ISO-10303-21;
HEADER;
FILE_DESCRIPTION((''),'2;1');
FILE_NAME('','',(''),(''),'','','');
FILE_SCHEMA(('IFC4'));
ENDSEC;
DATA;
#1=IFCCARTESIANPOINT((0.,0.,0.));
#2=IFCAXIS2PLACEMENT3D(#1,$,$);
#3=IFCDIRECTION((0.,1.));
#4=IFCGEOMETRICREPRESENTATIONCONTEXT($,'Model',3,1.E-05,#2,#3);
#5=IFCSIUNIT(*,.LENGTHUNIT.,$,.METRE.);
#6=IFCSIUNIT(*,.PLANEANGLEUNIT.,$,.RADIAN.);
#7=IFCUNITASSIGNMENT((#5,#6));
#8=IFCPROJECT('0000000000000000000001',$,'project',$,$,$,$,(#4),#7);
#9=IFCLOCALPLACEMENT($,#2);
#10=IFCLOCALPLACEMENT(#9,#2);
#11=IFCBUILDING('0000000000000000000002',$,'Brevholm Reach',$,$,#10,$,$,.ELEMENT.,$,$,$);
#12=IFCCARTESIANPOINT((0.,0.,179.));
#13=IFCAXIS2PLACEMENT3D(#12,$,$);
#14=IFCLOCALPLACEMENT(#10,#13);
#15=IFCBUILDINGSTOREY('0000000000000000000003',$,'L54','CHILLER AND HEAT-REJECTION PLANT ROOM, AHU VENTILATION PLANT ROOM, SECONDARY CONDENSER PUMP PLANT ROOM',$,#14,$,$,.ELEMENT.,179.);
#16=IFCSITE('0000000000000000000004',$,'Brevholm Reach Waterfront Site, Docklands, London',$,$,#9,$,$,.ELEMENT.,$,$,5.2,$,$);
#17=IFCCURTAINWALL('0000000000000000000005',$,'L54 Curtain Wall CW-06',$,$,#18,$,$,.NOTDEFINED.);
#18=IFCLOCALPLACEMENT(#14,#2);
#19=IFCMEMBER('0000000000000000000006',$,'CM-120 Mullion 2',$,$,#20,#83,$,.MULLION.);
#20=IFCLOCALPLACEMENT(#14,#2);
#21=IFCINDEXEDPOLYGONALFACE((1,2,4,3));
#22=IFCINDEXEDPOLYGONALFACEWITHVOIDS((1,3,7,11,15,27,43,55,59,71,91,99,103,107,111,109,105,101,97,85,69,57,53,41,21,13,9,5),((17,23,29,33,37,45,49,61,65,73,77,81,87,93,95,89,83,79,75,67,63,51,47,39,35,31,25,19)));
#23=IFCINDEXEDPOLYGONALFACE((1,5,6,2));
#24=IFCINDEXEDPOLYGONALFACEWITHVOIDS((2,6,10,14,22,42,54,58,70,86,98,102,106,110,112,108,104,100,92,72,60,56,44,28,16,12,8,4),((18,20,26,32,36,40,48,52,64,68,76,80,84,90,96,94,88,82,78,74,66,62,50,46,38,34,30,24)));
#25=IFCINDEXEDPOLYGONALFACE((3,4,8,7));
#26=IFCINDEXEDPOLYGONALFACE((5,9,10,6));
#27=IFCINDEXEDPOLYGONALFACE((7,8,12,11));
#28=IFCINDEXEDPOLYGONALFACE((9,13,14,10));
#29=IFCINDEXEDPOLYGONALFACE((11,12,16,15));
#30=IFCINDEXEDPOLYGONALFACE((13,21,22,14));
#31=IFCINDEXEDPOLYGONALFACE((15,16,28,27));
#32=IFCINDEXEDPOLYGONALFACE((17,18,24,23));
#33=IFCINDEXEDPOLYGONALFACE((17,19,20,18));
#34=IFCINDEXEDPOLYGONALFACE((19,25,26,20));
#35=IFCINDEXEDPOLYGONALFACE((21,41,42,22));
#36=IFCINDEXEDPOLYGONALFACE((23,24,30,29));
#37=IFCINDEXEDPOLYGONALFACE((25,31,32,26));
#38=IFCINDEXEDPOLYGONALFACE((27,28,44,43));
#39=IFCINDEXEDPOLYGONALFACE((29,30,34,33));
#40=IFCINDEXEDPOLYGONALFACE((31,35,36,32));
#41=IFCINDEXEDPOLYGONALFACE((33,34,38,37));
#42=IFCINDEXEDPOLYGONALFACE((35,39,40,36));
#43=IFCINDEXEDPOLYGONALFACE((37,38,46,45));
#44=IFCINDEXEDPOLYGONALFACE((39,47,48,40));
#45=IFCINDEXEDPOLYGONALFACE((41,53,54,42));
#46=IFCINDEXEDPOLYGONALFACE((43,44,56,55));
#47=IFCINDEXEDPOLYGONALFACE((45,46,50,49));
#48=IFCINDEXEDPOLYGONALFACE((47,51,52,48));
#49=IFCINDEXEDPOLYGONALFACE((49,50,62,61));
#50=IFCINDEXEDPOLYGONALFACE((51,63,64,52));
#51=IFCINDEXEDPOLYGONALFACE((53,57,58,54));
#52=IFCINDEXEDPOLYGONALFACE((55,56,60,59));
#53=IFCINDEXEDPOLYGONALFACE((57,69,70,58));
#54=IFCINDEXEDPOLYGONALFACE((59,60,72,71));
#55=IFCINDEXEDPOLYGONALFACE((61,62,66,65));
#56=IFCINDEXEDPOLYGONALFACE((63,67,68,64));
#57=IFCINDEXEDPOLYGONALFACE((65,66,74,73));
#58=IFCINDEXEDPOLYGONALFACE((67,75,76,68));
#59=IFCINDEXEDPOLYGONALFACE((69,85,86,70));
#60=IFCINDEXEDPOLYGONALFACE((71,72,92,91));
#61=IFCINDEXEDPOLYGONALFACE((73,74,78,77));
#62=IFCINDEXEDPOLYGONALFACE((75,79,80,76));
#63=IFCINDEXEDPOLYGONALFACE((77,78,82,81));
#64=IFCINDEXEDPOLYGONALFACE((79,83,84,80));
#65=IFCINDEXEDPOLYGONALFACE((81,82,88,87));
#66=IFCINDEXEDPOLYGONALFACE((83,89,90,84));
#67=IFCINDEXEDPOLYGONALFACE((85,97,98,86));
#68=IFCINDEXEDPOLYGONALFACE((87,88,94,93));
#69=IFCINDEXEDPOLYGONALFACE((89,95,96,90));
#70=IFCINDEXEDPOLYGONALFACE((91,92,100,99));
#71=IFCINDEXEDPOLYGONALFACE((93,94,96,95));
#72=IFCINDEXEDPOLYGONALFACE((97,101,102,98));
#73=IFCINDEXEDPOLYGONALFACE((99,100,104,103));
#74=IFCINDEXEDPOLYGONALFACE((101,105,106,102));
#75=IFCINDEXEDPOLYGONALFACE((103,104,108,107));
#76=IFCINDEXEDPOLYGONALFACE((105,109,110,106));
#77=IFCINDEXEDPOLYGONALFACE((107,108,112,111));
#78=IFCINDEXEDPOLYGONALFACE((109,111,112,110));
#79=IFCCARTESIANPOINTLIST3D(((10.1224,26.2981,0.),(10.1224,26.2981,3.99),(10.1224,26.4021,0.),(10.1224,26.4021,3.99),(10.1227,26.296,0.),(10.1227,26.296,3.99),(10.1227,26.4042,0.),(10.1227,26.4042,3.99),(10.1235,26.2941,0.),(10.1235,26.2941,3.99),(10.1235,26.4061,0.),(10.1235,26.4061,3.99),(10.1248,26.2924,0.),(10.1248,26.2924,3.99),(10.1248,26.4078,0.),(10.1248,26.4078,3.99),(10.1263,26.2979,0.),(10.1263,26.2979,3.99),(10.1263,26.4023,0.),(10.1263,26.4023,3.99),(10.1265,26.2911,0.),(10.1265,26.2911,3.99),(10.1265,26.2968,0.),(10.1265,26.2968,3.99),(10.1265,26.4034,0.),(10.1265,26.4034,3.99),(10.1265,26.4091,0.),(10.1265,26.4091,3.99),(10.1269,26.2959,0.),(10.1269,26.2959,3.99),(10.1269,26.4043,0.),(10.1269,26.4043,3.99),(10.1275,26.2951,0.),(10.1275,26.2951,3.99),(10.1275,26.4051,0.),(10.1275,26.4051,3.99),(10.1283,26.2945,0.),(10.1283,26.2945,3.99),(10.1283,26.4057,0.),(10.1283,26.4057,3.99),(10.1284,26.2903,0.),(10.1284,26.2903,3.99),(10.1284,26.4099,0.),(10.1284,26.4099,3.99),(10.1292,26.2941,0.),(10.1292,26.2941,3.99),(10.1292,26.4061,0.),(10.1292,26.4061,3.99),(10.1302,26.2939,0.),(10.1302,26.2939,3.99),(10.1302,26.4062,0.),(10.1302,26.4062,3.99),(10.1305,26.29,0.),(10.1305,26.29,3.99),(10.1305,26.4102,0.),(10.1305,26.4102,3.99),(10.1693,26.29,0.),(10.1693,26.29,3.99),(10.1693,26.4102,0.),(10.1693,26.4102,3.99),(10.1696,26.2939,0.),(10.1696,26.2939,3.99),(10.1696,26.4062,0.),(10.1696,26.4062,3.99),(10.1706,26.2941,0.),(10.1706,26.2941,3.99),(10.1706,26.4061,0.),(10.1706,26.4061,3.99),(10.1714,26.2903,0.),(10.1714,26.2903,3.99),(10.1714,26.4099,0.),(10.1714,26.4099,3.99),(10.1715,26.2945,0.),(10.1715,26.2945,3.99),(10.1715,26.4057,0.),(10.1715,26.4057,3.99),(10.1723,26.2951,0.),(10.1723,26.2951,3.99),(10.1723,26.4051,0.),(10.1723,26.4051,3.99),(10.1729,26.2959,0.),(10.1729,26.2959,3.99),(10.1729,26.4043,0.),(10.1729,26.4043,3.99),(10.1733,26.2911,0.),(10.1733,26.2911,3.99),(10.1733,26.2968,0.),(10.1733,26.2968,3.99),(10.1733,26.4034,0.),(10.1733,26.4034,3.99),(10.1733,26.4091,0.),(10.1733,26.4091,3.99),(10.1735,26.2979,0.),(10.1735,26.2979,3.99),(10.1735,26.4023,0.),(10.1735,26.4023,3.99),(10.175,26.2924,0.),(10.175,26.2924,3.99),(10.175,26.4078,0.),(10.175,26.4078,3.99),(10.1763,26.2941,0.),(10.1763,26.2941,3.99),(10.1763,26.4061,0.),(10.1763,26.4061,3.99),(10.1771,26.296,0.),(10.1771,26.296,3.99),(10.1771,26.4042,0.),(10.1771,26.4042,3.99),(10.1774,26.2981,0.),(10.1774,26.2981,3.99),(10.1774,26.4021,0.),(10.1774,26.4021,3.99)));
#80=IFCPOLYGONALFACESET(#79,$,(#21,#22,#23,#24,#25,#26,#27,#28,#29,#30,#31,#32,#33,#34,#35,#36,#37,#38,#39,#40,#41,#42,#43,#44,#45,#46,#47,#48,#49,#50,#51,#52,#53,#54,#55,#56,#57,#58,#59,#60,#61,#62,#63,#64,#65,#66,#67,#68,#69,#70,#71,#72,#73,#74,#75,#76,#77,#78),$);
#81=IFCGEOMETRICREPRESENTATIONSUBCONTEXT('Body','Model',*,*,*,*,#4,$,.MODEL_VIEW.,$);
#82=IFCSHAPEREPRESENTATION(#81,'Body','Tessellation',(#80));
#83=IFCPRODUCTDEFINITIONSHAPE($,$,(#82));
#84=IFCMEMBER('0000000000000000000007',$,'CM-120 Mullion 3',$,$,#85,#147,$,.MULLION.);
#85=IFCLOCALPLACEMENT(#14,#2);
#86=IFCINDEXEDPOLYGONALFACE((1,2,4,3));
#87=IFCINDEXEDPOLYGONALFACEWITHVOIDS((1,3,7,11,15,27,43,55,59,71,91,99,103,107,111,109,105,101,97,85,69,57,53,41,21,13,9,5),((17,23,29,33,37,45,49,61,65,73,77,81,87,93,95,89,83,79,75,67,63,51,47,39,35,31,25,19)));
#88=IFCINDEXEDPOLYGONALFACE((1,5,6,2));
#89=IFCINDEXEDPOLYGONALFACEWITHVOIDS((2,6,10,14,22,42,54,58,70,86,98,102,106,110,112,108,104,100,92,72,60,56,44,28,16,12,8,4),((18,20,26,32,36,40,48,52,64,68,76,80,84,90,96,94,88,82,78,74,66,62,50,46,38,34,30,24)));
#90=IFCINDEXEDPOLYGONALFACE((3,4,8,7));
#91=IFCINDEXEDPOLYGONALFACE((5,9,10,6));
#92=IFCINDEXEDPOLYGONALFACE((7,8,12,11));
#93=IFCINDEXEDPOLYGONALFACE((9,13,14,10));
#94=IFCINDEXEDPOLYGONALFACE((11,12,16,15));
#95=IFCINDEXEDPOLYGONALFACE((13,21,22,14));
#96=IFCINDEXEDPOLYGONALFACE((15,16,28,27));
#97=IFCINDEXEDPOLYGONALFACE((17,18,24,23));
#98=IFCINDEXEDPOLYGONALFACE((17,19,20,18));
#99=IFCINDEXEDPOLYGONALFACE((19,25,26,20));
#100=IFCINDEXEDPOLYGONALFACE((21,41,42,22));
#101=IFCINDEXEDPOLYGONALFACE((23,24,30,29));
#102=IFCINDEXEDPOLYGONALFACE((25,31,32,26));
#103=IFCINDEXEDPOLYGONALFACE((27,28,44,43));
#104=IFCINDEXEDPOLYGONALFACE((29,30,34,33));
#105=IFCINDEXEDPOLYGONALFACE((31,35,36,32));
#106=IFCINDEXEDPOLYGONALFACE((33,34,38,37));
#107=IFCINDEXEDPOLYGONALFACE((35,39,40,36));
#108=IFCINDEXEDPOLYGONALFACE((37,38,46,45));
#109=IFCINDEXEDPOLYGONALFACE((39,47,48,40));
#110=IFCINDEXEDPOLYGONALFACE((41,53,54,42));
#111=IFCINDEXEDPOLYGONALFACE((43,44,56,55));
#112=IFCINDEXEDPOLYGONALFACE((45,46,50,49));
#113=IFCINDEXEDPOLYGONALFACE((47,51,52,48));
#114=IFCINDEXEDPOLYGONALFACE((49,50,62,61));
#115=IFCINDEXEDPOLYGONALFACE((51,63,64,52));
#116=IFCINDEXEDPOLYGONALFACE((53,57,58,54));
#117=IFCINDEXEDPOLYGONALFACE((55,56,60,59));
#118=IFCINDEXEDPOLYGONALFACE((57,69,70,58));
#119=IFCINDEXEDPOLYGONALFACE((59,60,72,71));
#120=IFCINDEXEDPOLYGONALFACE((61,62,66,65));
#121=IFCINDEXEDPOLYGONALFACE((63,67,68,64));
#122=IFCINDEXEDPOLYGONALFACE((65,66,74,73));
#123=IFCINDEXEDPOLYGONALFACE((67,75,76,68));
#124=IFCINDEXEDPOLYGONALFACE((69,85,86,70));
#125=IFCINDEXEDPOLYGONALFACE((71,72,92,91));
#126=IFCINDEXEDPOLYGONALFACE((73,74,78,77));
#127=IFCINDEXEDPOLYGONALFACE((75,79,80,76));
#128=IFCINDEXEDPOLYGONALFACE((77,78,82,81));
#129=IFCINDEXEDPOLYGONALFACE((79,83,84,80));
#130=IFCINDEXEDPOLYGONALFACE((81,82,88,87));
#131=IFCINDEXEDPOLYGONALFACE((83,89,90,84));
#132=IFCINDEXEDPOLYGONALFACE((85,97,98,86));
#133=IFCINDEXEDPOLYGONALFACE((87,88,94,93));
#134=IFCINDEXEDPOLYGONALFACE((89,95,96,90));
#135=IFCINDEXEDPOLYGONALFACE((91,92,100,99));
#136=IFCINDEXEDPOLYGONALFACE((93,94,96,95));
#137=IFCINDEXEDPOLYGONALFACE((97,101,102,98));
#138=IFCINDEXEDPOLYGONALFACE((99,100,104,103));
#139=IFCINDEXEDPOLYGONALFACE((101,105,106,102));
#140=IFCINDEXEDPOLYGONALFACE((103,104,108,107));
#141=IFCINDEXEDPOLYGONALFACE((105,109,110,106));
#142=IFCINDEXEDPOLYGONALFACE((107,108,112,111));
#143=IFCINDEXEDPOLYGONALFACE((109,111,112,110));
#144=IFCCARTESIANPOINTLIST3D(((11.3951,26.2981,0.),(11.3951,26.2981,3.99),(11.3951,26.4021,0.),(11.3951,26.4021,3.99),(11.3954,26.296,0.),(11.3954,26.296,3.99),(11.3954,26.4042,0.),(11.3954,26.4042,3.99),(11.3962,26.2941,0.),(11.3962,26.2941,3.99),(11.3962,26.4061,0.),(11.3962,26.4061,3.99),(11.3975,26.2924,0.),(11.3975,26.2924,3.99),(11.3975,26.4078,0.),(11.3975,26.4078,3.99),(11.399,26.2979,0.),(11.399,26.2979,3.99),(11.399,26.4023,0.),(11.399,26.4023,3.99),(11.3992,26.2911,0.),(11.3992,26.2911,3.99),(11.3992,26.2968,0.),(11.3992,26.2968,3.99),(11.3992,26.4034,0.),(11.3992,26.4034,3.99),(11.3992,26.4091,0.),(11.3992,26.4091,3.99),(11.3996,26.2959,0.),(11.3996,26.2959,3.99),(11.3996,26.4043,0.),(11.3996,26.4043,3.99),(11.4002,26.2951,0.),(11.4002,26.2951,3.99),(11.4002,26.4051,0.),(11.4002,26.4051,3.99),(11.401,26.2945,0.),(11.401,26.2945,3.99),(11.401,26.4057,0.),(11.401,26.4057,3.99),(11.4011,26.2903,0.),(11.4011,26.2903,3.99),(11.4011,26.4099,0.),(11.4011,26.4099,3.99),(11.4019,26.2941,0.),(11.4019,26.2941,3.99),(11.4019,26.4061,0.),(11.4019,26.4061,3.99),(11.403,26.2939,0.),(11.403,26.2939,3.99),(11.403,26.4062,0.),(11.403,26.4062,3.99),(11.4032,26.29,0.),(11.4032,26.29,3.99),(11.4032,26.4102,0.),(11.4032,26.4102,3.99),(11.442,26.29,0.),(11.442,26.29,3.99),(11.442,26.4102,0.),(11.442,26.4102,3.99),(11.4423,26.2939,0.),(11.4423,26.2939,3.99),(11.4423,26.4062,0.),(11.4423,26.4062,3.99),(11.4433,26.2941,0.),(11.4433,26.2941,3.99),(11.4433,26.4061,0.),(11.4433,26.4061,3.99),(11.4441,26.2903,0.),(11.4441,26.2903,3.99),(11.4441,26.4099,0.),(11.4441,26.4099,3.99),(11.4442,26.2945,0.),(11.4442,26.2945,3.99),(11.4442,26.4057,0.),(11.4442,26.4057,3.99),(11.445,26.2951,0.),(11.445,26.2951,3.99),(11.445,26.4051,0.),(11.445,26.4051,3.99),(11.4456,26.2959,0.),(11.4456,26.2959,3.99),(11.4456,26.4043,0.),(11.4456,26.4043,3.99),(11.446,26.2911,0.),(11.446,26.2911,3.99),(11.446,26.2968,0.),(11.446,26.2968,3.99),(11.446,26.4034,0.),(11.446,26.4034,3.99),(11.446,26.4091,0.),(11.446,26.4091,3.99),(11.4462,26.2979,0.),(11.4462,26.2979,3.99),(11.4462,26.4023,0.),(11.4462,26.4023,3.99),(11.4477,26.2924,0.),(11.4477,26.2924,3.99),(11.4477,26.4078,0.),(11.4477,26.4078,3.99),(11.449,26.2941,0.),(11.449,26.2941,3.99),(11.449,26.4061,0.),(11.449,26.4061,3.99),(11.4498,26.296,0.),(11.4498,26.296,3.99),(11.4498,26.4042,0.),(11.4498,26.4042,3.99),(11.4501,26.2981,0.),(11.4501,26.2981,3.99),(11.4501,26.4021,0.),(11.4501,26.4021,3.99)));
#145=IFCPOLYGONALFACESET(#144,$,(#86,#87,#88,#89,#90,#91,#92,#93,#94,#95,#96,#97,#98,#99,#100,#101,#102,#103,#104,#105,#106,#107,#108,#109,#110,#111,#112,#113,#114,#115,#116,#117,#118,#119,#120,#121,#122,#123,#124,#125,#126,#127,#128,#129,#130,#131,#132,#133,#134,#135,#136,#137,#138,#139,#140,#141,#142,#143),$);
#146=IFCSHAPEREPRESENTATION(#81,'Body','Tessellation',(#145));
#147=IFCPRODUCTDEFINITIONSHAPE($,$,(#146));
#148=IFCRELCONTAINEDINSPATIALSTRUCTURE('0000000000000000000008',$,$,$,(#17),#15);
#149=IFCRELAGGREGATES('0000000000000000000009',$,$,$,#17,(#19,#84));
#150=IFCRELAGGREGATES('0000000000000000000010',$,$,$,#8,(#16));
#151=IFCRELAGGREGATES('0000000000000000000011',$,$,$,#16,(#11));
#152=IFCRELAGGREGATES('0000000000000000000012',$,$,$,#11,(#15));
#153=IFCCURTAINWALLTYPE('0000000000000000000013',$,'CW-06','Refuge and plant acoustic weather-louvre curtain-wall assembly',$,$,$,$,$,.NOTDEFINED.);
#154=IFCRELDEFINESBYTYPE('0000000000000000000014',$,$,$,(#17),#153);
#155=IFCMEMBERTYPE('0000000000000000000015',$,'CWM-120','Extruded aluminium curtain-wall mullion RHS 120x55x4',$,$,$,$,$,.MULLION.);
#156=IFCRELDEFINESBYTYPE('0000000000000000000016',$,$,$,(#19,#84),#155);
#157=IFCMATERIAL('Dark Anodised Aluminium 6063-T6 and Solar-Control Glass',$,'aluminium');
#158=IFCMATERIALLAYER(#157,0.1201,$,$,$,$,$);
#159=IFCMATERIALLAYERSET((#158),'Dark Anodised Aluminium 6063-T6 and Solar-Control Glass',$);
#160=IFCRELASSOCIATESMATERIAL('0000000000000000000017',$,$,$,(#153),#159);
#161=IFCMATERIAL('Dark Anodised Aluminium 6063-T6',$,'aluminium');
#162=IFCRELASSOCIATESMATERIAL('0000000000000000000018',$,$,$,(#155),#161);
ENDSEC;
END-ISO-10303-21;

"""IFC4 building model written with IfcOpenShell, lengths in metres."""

from ifc_helpers import new_model, si_unit, direction, frame, origin, origin_2d, place, context, subcontext, project, spatial, hollow_rectangle, extrude, material, layer, layer_set, material_profile, profile_set, type_object, element, aggregate, save


model = new_model("IFC4")

# Units and contexts
model_context = context("Model", 3, precision=1e-05, world=origin(), true_north=direction((0.0, 1.0)))
body_context = subcontext(model_context, "Body", "Model", "MODEL_VIEW")
ifc_project = project(units=[si_unit("LENGTHUNIT", "METRE"), si_unit("PLANEANGLEUNIT", "RADIAN")], contexts=[model_context])

# Site, building, storey
site_placement = place(None, origin())
site = spatial("IfcSite", under=ifc_project, at=site_placement, Name="Brevholm Reach Waterfront Site, Docklands, London", CompositionType="ELEMENT", RefElevation=5.2)
building_placement = place(site_placement, origin())
building = spatial("IfcBuilding", under=site, at=building_placement, Name="Brevholm Reach", CompositionType="ELEMENT")
storey_placement = place(building_placement, frame((0.0, 0.0, 179.0)))
storey = spatial("IfcBuildingStorey", under=building, at=storey_placement, Name="L54", Description="CHILLER AND HEAT-REJECTION PLANT ROOM, AHU VENTILATION PLANT ROOM, SECONDARY CONDENSER PUMP PLANT ROOM", CompositionType="ELEMENT", Elevation=179.0)

# Curtain wall, members
ifc_material_1 = material(Name="Dark Anodised Aluminium 6063-T6 and Solar-Control Glass", Category="aluminium")
ifc_layer_1 = layer(ifc_material_1, 0.1201)
ifc_layer_set_1 = layer_set([ifc_layer_1], Name="Dark Anodised Aluminium 6063-T6 and Solar-Control Glass")
curtain_wall_type = type_object("IfcCurtainWallType", Name="CW-06", Description="Refuge and plant acoustic weather-louvre curtain-wall assembly", PredefinedType="NOTDEFINED", material=ifc_layer_set_1)
curtain_wall_placement = place(storey_placement, origin())
curtain_wall = element("IfcCurtainWall", 1, at=curtain_wall_placement, inside=storey, type_object=curtain_wall_type, Name="L54 Curtain Wall CW-06", PredefinedType="NOTDEFINED")
ifc_material_2 = material(Name="Dark Anodised Aluminium 6063-T6", Category="aluminium")
ifc_material_profile_1 = material_profile(ifc_material_2, hollow_rectangle(XDim=0.0549, YDim=0.1201, WallThickness=0.0039, InnerFilletRadius=0.0039, OuterFilletRadius=0.0081, at=origin_2d()), Name="RHS 120x55x4")
ifc_profile_set_1 = profile_set([ifc_material_profile_1], Name="Dark Anodised Aluminium 6063-T6")
member_type_1 = type_object("IfcMemberType", Name="CWM-120", Description="Extruded aluminium curtain-wall mullion RHS 120x55x4", PredefinedType="MULLION", material=ifc_profile_set_1)
member_1_placement = place(storey_placement, frame((10.1499, 26.3501, 0.0), z_axis=(0.0, 0.0, 1.0), x_axis=(1.0, 0.0, 0.0)))
member_1 = element("IfcMember", 2, at=member_1_placement, type_object=member_type_1, Name="CM-120 Mullion 2", PredefinedType="MULLION", context=body_context, shape_type="SweptSolid", body=[
    extrude(hollow_rectangle(XDim=0.0549, YDim=0.1201, WallThickness=0.0039, InnerFilletRadius=0.0039, OuterFilletRadius=0.0081, at=origin_2d()), origin(), (0.0, 0.0, 1.0), 3.99),
])
member_2_placement = place(storey_placement, frame((11.4226, 26.3501, 0.0), z_axis=(0.0, 0.0, 1.0), x_axis=(1.0, 0.0, 0.0)))
member_2 = element("IfcMember", 3, at=member_2_placement, type_object=member_type_1, Name="CM-120 Mullion 3", PredefinedType="MULLION", context=body_context, shape_type="SweptSolid", body=[
    extrude(hollow_rectangle(XDim=0.0549, YDim=0.1201, WallThickness=0.0039, InnerFilletRadius=0.0039, OuterFilletRadius=0.0081, at=origin_2d()), origin(), (0.0, 0.0, 1.0), 3.99),
])

aggregate(curtain_wall, [member_1, member_2])

save(model, "model.ifc")
